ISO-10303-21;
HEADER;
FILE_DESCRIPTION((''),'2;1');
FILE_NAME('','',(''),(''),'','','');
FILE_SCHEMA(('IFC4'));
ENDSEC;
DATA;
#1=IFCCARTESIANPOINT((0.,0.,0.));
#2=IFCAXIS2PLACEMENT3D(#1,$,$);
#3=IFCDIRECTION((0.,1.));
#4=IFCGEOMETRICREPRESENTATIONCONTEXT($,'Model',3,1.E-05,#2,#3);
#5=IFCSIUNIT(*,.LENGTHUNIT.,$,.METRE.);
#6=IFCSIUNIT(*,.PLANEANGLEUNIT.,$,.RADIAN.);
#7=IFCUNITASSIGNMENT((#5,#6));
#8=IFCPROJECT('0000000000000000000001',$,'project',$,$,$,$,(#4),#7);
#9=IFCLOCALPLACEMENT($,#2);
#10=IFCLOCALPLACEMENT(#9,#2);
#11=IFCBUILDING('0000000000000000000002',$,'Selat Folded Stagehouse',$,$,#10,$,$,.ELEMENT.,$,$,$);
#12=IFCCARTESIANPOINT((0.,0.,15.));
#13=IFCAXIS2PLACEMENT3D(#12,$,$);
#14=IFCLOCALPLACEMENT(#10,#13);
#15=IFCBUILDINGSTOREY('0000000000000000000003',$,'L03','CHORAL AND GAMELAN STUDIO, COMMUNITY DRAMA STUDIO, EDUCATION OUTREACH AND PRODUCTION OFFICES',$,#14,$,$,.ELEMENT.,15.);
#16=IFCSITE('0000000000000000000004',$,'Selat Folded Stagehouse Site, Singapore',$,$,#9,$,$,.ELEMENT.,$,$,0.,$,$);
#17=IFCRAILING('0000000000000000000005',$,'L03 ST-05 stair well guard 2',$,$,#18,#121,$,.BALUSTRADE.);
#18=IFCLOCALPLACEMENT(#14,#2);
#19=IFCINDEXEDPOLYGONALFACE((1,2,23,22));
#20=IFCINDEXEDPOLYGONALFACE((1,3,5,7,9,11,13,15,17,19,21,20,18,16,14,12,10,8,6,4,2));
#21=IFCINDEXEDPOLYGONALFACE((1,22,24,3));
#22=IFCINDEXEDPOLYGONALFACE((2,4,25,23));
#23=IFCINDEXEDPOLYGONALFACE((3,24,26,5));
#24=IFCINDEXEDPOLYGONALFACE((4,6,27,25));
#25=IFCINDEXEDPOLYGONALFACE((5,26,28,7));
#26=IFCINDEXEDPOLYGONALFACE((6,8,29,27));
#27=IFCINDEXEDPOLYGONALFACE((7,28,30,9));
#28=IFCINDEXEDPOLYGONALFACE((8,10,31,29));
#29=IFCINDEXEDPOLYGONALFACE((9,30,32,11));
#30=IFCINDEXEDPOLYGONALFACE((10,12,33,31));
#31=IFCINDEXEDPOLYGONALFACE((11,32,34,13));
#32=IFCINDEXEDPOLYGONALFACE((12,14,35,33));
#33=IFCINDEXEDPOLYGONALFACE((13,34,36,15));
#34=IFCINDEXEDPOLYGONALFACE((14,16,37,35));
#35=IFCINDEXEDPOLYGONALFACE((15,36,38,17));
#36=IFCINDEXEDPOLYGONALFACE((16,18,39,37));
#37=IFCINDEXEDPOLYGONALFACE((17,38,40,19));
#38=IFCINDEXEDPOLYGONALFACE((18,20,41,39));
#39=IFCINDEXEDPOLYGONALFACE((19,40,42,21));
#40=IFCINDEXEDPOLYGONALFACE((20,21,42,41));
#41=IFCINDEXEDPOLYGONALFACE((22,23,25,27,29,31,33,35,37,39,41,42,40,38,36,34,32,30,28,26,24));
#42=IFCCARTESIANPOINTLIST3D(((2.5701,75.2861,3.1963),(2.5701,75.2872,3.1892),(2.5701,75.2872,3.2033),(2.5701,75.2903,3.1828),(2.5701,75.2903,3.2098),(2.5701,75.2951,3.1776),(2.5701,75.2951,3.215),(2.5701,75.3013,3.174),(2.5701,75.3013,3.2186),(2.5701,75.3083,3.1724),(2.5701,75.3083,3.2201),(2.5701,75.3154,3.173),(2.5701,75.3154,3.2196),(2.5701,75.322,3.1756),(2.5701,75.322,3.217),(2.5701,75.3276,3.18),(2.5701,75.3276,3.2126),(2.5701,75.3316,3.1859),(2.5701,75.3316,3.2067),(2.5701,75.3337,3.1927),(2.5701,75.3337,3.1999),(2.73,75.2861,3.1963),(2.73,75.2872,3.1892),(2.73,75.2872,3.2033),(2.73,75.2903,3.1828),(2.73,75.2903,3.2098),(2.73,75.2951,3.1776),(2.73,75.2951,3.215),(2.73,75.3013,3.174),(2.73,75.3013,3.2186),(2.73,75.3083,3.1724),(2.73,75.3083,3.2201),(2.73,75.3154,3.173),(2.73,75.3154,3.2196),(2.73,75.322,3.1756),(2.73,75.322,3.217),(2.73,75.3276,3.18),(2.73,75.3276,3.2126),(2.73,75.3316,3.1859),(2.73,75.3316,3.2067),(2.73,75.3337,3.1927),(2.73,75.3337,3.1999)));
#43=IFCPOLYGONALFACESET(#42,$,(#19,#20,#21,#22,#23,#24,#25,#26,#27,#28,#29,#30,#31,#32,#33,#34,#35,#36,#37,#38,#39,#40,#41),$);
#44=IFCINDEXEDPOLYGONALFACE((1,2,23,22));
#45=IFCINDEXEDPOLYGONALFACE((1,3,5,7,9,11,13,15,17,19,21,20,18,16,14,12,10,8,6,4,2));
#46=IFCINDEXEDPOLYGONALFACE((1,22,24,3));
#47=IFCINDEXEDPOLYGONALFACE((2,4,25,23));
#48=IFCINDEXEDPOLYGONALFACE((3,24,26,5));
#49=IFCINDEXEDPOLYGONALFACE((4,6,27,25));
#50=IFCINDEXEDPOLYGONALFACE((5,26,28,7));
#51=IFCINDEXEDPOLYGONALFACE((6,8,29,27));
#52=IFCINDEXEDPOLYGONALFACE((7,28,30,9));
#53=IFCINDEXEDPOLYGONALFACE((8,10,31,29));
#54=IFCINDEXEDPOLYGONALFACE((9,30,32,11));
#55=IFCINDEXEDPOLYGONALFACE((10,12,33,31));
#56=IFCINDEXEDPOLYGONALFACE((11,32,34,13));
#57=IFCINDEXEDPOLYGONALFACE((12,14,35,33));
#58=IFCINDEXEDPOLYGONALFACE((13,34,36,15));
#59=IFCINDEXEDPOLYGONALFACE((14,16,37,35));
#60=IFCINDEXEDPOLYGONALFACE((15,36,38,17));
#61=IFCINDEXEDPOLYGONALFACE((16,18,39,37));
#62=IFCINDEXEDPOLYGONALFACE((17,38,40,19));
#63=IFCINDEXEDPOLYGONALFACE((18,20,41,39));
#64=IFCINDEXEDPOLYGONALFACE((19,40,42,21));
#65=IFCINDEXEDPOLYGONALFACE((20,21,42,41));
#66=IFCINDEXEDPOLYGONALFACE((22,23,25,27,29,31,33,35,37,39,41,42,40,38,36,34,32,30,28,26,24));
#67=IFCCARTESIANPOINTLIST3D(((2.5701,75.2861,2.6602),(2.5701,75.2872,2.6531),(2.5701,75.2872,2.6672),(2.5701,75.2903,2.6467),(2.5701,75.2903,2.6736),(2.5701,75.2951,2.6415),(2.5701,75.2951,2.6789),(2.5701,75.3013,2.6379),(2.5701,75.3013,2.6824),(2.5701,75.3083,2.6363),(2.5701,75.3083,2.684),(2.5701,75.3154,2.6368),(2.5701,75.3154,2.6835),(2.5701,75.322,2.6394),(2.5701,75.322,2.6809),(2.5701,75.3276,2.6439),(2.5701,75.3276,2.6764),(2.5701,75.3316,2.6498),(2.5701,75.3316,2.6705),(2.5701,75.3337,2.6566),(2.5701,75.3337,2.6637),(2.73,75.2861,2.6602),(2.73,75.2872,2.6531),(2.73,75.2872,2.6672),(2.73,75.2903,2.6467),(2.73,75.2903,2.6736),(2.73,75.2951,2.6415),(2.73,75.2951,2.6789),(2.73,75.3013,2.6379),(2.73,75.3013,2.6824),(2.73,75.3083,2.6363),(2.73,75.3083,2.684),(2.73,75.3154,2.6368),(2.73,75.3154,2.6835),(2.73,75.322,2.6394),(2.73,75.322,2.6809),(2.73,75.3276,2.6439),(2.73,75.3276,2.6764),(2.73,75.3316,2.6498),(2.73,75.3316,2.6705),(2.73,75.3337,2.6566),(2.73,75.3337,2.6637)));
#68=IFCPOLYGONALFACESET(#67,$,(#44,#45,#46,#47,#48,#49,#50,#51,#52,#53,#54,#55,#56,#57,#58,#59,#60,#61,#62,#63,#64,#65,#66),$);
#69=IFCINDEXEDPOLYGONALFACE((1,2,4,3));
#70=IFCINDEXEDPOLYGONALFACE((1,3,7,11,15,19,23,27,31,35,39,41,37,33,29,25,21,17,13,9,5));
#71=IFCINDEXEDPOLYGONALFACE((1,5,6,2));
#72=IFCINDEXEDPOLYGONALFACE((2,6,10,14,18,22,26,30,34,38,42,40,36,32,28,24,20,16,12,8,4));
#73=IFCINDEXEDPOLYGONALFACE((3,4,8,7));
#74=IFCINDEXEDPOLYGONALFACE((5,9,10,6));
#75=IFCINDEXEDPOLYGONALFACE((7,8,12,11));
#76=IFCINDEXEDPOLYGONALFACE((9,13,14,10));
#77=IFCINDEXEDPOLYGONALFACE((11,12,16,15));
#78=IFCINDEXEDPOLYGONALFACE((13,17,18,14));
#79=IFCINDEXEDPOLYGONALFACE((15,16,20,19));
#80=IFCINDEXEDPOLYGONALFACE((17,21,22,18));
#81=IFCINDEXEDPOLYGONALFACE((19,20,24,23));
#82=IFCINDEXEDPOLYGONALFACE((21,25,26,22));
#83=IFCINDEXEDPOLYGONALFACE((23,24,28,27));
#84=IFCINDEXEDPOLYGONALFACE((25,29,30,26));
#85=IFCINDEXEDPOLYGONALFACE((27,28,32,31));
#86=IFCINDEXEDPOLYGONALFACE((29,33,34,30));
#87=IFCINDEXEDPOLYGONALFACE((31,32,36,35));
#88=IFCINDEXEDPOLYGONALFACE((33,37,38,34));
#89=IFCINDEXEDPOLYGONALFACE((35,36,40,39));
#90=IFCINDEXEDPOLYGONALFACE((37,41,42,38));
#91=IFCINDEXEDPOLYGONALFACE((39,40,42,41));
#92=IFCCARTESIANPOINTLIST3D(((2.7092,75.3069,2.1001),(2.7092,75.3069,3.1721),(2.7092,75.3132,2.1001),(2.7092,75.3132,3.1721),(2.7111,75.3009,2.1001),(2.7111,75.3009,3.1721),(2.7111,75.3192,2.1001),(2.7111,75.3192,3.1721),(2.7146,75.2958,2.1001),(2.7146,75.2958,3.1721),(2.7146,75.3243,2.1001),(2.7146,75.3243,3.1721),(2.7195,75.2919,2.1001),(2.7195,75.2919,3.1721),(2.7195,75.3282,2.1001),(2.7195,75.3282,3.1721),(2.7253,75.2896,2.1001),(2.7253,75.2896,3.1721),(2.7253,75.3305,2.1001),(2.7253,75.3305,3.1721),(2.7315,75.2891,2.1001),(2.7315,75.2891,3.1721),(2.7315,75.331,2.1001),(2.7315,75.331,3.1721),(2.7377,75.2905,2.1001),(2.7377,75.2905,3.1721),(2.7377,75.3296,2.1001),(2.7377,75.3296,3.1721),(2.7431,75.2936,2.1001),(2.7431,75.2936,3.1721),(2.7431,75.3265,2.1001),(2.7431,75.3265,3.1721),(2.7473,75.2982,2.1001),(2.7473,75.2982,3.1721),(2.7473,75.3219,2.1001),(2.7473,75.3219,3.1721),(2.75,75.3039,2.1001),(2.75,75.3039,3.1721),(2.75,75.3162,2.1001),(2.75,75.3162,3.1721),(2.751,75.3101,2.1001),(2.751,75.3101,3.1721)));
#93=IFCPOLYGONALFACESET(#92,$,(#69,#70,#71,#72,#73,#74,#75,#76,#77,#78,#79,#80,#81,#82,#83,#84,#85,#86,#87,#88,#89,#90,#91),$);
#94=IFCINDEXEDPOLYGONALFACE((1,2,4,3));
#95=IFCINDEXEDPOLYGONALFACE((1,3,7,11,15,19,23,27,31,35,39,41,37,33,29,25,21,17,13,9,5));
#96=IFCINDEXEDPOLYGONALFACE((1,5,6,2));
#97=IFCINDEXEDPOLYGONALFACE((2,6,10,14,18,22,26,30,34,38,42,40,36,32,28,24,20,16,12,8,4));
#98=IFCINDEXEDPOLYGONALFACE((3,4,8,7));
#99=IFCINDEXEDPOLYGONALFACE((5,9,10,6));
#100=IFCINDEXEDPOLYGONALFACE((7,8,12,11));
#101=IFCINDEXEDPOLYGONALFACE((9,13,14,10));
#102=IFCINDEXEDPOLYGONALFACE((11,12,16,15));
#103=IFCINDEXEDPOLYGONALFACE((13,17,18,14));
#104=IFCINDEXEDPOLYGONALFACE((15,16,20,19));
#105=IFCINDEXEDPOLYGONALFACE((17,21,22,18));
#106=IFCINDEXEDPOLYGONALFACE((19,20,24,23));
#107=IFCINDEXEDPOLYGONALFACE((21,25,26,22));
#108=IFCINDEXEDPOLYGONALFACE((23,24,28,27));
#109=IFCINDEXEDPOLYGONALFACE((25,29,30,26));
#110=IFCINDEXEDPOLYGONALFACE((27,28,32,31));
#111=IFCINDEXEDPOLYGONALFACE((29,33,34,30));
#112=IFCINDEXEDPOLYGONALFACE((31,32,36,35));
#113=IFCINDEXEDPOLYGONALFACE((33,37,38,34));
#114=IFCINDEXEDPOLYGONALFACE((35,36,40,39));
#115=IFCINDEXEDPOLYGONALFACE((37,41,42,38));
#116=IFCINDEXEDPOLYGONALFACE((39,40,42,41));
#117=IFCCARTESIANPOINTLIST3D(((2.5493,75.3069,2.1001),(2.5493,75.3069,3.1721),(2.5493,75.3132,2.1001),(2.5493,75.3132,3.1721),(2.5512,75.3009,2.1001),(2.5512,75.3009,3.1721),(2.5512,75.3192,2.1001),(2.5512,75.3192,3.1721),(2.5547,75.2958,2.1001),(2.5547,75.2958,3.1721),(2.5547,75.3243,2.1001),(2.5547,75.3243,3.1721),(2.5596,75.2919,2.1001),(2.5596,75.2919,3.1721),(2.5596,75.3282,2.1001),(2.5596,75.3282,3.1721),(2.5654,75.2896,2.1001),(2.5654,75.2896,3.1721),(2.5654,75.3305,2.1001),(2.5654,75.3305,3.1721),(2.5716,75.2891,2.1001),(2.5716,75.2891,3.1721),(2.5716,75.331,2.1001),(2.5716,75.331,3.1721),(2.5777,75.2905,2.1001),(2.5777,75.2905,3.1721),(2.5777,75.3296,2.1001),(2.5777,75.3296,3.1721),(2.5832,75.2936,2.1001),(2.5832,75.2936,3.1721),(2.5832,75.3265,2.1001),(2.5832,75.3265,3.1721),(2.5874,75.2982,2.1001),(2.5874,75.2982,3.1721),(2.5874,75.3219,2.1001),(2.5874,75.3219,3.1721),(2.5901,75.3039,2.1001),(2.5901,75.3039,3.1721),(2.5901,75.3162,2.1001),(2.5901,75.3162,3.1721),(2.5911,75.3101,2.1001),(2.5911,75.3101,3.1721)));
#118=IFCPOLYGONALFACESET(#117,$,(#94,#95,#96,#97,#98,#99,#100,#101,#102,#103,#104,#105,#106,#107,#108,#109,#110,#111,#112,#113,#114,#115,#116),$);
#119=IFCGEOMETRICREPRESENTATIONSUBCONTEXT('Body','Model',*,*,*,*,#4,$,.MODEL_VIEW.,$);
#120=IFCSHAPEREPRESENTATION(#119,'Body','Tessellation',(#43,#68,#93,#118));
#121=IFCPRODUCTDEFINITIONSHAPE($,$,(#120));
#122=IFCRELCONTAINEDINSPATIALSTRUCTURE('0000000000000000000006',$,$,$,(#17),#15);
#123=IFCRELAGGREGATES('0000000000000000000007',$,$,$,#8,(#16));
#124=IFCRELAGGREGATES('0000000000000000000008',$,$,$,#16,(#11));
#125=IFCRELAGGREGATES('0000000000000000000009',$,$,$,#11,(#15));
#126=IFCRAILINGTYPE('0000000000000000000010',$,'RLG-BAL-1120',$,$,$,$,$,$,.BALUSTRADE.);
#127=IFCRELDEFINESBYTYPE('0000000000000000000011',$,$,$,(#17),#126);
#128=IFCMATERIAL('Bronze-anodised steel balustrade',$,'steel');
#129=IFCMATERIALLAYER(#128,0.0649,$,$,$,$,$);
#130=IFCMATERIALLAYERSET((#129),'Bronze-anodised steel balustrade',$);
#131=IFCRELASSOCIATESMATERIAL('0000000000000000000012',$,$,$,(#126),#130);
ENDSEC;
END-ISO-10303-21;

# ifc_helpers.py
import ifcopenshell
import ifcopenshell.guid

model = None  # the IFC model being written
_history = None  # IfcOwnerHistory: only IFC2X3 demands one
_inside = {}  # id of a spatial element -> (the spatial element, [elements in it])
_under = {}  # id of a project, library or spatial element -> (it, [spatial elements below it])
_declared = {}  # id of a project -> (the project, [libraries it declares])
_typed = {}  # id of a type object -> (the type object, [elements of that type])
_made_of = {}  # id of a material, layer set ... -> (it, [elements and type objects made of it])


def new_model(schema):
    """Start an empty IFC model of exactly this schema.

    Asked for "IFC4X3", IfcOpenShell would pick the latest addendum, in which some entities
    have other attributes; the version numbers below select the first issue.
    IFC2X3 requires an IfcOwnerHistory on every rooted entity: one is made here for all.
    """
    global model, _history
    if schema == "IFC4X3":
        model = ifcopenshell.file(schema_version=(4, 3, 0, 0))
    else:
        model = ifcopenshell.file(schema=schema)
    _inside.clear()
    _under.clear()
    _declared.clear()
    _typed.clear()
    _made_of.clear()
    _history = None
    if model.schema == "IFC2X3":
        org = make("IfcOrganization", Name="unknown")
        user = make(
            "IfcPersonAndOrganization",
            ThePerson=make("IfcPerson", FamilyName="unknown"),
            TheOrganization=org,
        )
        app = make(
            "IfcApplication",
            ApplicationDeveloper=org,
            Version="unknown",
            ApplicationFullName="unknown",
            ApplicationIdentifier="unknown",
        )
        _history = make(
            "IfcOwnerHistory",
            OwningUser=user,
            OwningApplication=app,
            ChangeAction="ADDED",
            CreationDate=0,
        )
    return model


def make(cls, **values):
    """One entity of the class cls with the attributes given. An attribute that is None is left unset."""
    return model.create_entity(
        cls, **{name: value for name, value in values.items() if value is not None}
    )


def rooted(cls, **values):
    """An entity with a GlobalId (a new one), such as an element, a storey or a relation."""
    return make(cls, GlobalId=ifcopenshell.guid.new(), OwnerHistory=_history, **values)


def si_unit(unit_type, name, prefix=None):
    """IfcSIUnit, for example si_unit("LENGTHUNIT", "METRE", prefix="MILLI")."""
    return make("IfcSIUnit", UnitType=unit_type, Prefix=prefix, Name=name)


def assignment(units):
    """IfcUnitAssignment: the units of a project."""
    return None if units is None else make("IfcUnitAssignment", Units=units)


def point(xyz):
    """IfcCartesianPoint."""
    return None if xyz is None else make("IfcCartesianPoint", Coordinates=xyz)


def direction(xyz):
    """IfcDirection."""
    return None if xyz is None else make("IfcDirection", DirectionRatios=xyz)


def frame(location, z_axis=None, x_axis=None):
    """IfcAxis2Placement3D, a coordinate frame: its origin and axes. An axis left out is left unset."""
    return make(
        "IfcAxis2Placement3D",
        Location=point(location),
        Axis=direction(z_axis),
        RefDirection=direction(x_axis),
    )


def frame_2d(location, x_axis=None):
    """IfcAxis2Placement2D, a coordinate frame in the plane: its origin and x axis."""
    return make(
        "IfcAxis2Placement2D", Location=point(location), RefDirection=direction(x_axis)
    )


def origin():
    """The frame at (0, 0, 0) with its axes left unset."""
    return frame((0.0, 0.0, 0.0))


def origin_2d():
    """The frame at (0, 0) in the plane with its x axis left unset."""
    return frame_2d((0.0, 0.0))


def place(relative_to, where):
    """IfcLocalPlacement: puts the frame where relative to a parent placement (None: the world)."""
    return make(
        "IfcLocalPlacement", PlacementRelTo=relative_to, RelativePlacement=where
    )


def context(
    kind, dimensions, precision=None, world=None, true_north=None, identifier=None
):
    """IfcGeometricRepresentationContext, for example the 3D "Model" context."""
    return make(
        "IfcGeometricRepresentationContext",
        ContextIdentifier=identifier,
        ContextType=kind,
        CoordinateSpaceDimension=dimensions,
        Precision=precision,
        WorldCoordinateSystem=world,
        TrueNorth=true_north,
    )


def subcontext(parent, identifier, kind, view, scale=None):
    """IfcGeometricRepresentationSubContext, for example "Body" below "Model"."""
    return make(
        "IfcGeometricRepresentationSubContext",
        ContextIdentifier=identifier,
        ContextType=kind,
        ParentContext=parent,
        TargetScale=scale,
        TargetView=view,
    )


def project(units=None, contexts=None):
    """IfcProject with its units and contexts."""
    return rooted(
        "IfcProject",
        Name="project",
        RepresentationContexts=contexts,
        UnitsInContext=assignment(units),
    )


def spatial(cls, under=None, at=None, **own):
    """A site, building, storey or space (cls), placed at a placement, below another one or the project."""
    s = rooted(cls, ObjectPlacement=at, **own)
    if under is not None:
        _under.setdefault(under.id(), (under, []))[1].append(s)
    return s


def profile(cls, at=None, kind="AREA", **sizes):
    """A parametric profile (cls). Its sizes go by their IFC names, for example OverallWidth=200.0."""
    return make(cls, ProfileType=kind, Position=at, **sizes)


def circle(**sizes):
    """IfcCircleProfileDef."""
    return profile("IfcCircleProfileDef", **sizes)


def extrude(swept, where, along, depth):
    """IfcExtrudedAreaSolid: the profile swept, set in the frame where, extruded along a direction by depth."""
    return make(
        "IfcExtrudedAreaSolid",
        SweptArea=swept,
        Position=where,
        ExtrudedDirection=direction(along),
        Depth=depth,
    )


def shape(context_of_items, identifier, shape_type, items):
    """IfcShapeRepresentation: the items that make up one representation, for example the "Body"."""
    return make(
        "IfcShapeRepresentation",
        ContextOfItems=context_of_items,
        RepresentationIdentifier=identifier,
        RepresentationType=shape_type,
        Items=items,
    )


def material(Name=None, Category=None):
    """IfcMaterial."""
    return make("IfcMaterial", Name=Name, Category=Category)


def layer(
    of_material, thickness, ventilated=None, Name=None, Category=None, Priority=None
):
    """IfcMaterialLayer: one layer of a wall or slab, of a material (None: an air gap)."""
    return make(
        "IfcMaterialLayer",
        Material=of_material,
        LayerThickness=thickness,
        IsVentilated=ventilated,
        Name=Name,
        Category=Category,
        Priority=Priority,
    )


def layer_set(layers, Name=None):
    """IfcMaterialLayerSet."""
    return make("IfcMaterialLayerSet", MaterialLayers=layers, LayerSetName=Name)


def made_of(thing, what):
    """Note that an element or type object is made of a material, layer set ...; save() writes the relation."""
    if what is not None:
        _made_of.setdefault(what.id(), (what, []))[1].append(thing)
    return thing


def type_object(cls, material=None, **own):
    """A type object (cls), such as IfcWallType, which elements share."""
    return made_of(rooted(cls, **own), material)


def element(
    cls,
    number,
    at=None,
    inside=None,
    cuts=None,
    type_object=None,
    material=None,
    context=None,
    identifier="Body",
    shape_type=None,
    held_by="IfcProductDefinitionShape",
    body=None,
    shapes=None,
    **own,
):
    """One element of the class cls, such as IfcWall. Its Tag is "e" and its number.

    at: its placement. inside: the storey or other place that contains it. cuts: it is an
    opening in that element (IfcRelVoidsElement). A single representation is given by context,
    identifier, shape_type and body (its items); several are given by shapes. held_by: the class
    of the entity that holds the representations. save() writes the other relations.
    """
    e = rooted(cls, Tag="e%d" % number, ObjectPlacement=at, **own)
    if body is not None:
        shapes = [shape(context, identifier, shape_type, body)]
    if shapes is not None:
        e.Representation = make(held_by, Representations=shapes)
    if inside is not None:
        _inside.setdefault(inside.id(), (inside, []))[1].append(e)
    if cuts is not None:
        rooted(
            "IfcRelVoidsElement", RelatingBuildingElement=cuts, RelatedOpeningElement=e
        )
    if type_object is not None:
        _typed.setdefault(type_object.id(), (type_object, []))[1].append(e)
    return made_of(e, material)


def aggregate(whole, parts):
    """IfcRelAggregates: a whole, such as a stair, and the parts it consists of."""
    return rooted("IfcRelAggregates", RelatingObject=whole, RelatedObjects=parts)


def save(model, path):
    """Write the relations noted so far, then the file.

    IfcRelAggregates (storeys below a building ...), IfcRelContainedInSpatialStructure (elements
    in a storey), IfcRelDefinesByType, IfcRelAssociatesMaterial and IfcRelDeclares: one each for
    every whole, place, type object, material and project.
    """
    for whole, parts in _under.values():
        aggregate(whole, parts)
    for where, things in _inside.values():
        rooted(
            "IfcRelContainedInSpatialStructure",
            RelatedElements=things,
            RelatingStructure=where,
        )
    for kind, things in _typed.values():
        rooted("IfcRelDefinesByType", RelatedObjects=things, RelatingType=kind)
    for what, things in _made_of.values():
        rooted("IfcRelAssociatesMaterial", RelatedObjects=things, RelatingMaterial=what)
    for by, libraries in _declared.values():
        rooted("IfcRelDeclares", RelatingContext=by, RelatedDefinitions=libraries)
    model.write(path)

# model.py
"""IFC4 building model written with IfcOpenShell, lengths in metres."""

from ifc_helpers import new_model, si_unit, direction, frame, origin, origin_2d, place, context, subcontext, project, spatial, circle, extrude, material, layer, layer_set, type_object, element, save


model = new_model("IFC4")

# Units and contexts
model_context = context("Model", 3, precision=1e-05, world=origin(), true_north=direction((0.0, 1.0)))
body_context = subcontext(model_context, "Body", "Model", "MODEL_VIEW")
ifc_project = project(units=[si_unit("LENGTHUNIT", "METRE"), si_unit("PLANEANGLEUNIT", "RADIAN")], contexts=[model_context])

# Site, building, storey
site_placement = place(None, origin())
site = spatial("IfcSite", under=ifc_project, at=site_placement, Name="Selat Folded Stagehouse Site, Singapore", CompositionType="ELEMENT", RefElevation=0.0)
building_placement = place(site_placement, origin())
building = spatial("IfcBuilding", under=site, at=building_placement, Name="Selat Folded Stagehouse", CompositionType="ELEMENT")
storey_placement = place(building_placement, frame((0.0, 0.0, 15.0)))
storey = spatial("IfcBuildingStorey", under=building, at=storey_placement, Name="L03", Description="CHORAL AND GAMELAN STUDIO, COMMUNITY DRAMA STUDIO, EDUCATION OUTREACH AND PRODUCTION OFFICES", CompositionType="ELEMENT", Elevation=15.0)

# Railing
ifc_material_1 = material(Name="Bronze-anodised steel balustrade", Category="steel")
ifc_layer_1 = layer(ifc_material_1, 0.0649)
ifc_layer_set_1 = layer_set([ifc_layer_1], Name="Bronze-anodised steel balustrade")
railing_type_1 = type_object("IfcRailingType", Name="RLG-BAL-1120", PredefinedType="BALUSTRADE", material=ifc_layer_set_1)
railing_1_placement = place(storey_placement, frame((2.73, 75.3101, 2.1001)))
element("IfcRailing", 1, at=railing_1_placement, inside=storey, type_object=railing_type_1, Name="L03 ST-05 stair well guard 2", PredefinedType="BALUSTRADE", context=body_context, shape_type="SweptSolid", body=[
    extrude(circle(Radius=0.0239, at=origin_2d()), frame((0.0, 0.0, 1.0962), z_axis=(-1.0, 0.0, 0.0), x_axis=(0.0, -1.0, 0.0)), (0.0, 0.0, 1.0), 0.1599),
    extrude(circle(Radius=0.0239, at=origin_2d()), frame((0.0, 0.0, 0.5601), z_axis=(-1.0, 0.0, 0.0), x_axis=(0.0, -1.0, 0.0)), (0.0, 0.0, 1.0), 0.1599),
    extrude(circle(Radius=0.021, at=origin_2d()), origin(), (0.0, 0.0, 1.0), 1.072),
    extrude(circle(Radius=0.021, at=origin_2d()), frame((-0.1599, 0.0, 0.0)), (0.0, 0.0, 1.0), 1.072),
])

save(model, "model.ifc")
